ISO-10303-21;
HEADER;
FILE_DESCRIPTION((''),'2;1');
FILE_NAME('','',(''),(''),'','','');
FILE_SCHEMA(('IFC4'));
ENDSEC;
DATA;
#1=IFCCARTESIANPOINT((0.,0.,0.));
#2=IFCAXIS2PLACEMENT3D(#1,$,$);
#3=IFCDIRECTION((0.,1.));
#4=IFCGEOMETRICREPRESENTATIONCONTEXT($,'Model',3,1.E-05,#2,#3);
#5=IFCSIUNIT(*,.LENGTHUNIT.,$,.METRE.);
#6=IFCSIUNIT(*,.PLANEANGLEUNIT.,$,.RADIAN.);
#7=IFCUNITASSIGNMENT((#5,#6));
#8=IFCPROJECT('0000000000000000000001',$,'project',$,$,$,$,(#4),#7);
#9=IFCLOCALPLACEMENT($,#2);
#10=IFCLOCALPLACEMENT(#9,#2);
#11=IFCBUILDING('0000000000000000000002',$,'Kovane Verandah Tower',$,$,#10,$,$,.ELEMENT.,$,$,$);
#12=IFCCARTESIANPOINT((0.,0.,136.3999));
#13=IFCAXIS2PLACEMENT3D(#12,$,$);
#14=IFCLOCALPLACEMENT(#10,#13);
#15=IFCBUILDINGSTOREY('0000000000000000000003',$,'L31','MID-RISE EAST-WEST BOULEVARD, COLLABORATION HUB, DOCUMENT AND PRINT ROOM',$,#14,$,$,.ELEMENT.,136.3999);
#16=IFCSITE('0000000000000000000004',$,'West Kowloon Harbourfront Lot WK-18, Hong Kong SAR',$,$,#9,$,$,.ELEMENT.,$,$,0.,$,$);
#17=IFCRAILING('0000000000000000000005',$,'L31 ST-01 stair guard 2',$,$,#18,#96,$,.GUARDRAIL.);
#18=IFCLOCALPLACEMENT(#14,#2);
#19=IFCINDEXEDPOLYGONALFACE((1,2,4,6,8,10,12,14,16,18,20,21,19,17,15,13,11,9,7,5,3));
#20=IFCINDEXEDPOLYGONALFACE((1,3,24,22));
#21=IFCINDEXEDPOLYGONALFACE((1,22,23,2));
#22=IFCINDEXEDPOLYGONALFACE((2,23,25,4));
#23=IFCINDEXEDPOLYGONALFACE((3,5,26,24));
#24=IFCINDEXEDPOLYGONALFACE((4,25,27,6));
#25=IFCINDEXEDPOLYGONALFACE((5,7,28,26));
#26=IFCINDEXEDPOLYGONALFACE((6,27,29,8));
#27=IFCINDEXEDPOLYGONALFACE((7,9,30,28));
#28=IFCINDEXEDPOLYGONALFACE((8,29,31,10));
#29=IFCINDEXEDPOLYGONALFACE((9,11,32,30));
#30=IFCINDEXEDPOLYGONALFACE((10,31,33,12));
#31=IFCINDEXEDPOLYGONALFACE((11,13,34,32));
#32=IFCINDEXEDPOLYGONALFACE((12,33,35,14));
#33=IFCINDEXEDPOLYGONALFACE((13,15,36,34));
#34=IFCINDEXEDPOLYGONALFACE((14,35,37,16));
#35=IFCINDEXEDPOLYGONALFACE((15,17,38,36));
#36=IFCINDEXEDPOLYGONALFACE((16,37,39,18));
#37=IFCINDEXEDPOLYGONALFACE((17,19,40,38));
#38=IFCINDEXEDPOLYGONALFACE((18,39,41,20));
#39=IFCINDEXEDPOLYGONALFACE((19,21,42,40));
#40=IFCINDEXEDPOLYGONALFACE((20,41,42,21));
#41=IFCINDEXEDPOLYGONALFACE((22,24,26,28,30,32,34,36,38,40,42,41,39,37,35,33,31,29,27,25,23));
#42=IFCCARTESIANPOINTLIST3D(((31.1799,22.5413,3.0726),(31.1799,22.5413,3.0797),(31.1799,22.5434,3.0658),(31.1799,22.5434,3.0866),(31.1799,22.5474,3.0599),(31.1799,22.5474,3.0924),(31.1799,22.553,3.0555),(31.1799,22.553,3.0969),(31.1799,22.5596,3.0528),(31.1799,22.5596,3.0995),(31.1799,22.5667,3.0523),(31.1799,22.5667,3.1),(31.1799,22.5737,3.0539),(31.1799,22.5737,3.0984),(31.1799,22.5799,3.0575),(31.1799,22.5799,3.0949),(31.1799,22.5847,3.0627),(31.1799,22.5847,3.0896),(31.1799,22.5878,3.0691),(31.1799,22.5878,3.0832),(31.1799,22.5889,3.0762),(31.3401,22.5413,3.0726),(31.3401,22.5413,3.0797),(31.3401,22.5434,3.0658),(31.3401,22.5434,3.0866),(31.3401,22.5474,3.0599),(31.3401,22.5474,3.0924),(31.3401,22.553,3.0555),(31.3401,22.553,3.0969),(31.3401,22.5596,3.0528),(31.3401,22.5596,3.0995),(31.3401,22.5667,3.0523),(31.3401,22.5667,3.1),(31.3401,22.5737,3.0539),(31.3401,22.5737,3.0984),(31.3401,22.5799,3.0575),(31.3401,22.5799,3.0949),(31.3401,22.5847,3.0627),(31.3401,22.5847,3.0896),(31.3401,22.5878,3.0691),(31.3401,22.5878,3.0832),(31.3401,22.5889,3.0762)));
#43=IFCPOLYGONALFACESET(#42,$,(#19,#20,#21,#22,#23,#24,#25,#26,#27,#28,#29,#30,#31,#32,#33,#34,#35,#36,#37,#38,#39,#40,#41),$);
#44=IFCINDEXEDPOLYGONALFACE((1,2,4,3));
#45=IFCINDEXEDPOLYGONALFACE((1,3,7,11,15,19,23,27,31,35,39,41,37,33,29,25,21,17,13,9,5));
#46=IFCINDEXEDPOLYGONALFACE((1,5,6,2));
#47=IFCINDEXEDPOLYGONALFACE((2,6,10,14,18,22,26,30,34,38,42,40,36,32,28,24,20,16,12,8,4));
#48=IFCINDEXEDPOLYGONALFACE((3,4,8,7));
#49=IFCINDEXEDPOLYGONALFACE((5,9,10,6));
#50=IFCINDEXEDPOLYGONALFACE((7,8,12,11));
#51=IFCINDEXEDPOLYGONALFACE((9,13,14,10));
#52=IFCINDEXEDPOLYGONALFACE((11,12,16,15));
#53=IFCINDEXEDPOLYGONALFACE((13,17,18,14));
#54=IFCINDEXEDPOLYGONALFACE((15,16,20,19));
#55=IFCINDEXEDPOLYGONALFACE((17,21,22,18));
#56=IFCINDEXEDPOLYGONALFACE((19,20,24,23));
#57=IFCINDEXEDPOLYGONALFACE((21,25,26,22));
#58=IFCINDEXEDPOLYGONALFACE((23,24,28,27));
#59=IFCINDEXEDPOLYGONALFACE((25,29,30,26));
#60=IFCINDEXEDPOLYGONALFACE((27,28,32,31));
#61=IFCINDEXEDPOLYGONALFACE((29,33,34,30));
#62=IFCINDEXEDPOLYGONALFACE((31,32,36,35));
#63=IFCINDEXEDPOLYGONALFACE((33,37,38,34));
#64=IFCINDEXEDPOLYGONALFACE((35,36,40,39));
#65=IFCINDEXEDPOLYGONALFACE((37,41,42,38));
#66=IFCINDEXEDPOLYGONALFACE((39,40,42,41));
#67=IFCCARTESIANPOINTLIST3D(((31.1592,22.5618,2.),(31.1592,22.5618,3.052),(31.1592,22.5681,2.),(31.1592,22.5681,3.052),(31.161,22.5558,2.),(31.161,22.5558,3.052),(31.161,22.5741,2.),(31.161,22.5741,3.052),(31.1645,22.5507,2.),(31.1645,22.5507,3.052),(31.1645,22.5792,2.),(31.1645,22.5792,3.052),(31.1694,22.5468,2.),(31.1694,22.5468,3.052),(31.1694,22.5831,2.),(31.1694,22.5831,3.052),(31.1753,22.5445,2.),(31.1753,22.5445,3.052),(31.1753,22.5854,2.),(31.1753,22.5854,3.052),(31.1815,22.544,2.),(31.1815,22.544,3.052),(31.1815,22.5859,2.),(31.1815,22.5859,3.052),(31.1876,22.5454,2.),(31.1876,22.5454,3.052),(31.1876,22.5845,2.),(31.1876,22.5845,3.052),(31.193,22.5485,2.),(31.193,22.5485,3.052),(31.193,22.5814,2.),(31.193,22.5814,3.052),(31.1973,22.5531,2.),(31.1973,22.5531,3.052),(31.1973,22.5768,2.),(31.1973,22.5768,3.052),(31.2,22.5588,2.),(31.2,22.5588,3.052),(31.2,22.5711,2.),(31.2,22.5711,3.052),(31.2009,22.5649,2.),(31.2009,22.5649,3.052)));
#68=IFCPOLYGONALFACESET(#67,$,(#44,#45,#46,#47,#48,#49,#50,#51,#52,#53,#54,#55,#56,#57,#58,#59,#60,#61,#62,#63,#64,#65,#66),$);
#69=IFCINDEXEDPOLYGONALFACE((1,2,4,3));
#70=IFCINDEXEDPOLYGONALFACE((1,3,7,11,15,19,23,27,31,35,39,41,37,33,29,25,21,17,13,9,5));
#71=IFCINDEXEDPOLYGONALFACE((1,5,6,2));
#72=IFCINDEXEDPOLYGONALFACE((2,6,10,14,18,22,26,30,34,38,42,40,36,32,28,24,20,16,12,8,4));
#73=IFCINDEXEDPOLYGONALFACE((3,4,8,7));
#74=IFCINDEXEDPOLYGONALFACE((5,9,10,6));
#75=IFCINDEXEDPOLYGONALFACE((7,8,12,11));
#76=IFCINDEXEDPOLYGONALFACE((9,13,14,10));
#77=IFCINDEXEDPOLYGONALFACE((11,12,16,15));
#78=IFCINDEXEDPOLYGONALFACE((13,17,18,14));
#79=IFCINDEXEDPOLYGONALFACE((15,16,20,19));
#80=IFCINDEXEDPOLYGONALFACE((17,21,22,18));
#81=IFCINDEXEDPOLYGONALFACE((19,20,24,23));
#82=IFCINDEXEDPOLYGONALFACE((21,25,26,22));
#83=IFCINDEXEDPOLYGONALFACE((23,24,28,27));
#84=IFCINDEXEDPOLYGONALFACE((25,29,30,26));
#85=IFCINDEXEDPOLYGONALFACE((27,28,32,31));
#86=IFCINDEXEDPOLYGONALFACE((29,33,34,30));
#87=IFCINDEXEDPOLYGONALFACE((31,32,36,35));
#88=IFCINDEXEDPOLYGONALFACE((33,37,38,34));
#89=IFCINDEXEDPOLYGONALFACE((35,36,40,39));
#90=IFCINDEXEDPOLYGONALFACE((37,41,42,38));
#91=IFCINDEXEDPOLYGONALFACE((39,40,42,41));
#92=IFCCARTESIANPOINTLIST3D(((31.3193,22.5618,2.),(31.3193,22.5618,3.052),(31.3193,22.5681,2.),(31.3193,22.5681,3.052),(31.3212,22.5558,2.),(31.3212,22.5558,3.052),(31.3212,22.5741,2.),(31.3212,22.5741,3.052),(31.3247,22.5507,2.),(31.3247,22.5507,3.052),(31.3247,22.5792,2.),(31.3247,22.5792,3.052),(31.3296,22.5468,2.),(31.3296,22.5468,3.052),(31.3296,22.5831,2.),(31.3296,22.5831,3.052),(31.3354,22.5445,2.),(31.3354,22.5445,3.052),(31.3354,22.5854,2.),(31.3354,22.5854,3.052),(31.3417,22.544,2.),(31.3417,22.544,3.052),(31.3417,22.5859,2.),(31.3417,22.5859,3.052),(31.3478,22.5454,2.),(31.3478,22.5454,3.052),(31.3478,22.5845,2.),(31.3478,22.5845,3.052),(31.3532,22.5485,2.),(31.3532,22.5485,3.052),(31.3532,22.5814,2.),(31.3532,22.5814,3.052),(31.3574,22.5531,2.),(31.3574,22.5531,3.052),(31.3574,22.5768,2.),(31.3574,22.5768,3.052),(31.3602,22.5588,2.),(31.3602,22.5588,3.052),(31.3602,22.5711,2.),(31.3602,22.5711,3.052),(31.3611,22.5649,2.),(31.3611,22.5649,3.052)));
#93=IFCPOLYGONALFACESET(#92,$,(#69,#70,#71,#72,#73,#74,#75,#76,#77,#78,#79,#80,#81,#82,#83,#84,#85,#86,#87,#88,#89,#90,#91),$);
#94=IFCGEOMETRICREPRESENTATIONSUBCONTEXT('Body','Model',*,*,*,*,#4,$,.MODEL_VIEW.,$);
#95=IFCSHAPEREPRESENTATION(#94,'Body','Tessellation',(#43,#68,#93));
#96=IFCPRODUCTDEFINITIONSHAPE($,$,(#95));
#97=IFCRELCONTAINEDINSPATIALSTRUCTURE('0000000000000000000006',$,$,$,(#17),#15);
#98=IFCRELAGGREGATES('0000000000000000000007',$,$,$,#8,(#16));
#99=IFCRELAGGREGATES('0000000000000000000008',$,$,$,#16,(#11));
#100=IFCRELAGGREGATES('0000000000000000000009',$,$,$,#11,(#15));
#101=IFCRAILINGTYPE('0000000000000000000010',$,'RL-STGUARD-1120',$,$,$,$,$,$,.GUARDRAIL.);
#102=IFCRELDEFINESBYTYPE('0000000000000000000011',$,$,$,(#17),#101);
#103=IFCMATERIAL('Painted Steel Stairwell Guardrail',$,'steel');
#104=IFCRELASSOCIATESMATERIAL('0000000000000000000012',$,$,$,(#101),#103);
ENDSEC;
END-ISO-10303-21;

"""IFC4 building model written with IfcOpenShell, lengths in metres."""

from ifc_helpers import new_model, si_unit, direction, frame, origin, origin_2d, place, context, subcontext, project, spatial, circle, extrude, material, type_object, element, save


model = new_model("IFC4")

# Units and contexts
model_context = context("Model", 3, precision=1e-05, world=origin(), true_north=direction((0.0, 1.0)))
body_context = subcontext(model_context, "Body", "Model", "MODEL_VIEW")
ifc_project = project(units=[si_unit("LENGTHUNIT", "METRE"), si_unit("PLANEANGLEUNIT", "RADIAN")], contexts=[model_context])

# Site, building, storey
site_placement = place(None, origin())
site = spatial("IfcSite", under=ifc_project, at=site_placement, Name="West Kowloon Harbourfront Lot WK-18, Hong Kong SAR", CompositionType="ELEMENT", RefElevation=0.0)
building_placement = place(site_placement, origin())
building = spatial("IfcBuilding", under=site, at=building_placement, Name="Kovane Verandah Tower", CompositionType="ELEMENT")
storey_placement = place(building_placement, frame((0.0, 0.0, 136.3999)))
storey = spatial("IfcBuildingStorey", under=building, at=storey_placement, Name="L31", Description="MID-RISE EAST-WEST BOULEVARD, COLLABORATION HUB, DOCUMENT AND PRINT ROOM", CompositionType="ELEMENT", Elevation=136.3999)

# Railing
ifc_material_1 = material(Name="Painted Steel Stairwell Guardrail", Category="steel")
railing_type_1 = type_object("IfcRailingType", Name="RL-STGUARD-1120", PredefinedType="GUARDRAIL", material=ifc_material_1)
railing_1_placement = place(storey_placement, frame((31.1799, 22.5649, 2.0)))
element("IfcRailing", 1, at=railing_1_placement, inside=storey, type_object=railing_type_1, Name="L31 ST-01 stair guard 2", PredefinedType="GUARDRAIL", context=body_context, shape_type="SweptSolid", body=[
    extrude(circle(Radius=0.0239, at=origin_2d()), frame((0.0, 0.0, 1.0762), z_axis=(1.0, 0.0, 0.0), x_axis=(0.0, 1.0, 0.0)), (0.0, 0.0, 1.0), 0.1602),
    extrude(circle(Radius=0.021, at=origin_2d()), origin(), (0.0, 0.0, 1.0), 1.052),
    extrude(circle(Radius=0.021, at=origin_2d()), frame((0.1602, 0.0, 0.0)), (0.0, 0.0, 1.0), 1.052),
])

save(model, "model.ifc")
